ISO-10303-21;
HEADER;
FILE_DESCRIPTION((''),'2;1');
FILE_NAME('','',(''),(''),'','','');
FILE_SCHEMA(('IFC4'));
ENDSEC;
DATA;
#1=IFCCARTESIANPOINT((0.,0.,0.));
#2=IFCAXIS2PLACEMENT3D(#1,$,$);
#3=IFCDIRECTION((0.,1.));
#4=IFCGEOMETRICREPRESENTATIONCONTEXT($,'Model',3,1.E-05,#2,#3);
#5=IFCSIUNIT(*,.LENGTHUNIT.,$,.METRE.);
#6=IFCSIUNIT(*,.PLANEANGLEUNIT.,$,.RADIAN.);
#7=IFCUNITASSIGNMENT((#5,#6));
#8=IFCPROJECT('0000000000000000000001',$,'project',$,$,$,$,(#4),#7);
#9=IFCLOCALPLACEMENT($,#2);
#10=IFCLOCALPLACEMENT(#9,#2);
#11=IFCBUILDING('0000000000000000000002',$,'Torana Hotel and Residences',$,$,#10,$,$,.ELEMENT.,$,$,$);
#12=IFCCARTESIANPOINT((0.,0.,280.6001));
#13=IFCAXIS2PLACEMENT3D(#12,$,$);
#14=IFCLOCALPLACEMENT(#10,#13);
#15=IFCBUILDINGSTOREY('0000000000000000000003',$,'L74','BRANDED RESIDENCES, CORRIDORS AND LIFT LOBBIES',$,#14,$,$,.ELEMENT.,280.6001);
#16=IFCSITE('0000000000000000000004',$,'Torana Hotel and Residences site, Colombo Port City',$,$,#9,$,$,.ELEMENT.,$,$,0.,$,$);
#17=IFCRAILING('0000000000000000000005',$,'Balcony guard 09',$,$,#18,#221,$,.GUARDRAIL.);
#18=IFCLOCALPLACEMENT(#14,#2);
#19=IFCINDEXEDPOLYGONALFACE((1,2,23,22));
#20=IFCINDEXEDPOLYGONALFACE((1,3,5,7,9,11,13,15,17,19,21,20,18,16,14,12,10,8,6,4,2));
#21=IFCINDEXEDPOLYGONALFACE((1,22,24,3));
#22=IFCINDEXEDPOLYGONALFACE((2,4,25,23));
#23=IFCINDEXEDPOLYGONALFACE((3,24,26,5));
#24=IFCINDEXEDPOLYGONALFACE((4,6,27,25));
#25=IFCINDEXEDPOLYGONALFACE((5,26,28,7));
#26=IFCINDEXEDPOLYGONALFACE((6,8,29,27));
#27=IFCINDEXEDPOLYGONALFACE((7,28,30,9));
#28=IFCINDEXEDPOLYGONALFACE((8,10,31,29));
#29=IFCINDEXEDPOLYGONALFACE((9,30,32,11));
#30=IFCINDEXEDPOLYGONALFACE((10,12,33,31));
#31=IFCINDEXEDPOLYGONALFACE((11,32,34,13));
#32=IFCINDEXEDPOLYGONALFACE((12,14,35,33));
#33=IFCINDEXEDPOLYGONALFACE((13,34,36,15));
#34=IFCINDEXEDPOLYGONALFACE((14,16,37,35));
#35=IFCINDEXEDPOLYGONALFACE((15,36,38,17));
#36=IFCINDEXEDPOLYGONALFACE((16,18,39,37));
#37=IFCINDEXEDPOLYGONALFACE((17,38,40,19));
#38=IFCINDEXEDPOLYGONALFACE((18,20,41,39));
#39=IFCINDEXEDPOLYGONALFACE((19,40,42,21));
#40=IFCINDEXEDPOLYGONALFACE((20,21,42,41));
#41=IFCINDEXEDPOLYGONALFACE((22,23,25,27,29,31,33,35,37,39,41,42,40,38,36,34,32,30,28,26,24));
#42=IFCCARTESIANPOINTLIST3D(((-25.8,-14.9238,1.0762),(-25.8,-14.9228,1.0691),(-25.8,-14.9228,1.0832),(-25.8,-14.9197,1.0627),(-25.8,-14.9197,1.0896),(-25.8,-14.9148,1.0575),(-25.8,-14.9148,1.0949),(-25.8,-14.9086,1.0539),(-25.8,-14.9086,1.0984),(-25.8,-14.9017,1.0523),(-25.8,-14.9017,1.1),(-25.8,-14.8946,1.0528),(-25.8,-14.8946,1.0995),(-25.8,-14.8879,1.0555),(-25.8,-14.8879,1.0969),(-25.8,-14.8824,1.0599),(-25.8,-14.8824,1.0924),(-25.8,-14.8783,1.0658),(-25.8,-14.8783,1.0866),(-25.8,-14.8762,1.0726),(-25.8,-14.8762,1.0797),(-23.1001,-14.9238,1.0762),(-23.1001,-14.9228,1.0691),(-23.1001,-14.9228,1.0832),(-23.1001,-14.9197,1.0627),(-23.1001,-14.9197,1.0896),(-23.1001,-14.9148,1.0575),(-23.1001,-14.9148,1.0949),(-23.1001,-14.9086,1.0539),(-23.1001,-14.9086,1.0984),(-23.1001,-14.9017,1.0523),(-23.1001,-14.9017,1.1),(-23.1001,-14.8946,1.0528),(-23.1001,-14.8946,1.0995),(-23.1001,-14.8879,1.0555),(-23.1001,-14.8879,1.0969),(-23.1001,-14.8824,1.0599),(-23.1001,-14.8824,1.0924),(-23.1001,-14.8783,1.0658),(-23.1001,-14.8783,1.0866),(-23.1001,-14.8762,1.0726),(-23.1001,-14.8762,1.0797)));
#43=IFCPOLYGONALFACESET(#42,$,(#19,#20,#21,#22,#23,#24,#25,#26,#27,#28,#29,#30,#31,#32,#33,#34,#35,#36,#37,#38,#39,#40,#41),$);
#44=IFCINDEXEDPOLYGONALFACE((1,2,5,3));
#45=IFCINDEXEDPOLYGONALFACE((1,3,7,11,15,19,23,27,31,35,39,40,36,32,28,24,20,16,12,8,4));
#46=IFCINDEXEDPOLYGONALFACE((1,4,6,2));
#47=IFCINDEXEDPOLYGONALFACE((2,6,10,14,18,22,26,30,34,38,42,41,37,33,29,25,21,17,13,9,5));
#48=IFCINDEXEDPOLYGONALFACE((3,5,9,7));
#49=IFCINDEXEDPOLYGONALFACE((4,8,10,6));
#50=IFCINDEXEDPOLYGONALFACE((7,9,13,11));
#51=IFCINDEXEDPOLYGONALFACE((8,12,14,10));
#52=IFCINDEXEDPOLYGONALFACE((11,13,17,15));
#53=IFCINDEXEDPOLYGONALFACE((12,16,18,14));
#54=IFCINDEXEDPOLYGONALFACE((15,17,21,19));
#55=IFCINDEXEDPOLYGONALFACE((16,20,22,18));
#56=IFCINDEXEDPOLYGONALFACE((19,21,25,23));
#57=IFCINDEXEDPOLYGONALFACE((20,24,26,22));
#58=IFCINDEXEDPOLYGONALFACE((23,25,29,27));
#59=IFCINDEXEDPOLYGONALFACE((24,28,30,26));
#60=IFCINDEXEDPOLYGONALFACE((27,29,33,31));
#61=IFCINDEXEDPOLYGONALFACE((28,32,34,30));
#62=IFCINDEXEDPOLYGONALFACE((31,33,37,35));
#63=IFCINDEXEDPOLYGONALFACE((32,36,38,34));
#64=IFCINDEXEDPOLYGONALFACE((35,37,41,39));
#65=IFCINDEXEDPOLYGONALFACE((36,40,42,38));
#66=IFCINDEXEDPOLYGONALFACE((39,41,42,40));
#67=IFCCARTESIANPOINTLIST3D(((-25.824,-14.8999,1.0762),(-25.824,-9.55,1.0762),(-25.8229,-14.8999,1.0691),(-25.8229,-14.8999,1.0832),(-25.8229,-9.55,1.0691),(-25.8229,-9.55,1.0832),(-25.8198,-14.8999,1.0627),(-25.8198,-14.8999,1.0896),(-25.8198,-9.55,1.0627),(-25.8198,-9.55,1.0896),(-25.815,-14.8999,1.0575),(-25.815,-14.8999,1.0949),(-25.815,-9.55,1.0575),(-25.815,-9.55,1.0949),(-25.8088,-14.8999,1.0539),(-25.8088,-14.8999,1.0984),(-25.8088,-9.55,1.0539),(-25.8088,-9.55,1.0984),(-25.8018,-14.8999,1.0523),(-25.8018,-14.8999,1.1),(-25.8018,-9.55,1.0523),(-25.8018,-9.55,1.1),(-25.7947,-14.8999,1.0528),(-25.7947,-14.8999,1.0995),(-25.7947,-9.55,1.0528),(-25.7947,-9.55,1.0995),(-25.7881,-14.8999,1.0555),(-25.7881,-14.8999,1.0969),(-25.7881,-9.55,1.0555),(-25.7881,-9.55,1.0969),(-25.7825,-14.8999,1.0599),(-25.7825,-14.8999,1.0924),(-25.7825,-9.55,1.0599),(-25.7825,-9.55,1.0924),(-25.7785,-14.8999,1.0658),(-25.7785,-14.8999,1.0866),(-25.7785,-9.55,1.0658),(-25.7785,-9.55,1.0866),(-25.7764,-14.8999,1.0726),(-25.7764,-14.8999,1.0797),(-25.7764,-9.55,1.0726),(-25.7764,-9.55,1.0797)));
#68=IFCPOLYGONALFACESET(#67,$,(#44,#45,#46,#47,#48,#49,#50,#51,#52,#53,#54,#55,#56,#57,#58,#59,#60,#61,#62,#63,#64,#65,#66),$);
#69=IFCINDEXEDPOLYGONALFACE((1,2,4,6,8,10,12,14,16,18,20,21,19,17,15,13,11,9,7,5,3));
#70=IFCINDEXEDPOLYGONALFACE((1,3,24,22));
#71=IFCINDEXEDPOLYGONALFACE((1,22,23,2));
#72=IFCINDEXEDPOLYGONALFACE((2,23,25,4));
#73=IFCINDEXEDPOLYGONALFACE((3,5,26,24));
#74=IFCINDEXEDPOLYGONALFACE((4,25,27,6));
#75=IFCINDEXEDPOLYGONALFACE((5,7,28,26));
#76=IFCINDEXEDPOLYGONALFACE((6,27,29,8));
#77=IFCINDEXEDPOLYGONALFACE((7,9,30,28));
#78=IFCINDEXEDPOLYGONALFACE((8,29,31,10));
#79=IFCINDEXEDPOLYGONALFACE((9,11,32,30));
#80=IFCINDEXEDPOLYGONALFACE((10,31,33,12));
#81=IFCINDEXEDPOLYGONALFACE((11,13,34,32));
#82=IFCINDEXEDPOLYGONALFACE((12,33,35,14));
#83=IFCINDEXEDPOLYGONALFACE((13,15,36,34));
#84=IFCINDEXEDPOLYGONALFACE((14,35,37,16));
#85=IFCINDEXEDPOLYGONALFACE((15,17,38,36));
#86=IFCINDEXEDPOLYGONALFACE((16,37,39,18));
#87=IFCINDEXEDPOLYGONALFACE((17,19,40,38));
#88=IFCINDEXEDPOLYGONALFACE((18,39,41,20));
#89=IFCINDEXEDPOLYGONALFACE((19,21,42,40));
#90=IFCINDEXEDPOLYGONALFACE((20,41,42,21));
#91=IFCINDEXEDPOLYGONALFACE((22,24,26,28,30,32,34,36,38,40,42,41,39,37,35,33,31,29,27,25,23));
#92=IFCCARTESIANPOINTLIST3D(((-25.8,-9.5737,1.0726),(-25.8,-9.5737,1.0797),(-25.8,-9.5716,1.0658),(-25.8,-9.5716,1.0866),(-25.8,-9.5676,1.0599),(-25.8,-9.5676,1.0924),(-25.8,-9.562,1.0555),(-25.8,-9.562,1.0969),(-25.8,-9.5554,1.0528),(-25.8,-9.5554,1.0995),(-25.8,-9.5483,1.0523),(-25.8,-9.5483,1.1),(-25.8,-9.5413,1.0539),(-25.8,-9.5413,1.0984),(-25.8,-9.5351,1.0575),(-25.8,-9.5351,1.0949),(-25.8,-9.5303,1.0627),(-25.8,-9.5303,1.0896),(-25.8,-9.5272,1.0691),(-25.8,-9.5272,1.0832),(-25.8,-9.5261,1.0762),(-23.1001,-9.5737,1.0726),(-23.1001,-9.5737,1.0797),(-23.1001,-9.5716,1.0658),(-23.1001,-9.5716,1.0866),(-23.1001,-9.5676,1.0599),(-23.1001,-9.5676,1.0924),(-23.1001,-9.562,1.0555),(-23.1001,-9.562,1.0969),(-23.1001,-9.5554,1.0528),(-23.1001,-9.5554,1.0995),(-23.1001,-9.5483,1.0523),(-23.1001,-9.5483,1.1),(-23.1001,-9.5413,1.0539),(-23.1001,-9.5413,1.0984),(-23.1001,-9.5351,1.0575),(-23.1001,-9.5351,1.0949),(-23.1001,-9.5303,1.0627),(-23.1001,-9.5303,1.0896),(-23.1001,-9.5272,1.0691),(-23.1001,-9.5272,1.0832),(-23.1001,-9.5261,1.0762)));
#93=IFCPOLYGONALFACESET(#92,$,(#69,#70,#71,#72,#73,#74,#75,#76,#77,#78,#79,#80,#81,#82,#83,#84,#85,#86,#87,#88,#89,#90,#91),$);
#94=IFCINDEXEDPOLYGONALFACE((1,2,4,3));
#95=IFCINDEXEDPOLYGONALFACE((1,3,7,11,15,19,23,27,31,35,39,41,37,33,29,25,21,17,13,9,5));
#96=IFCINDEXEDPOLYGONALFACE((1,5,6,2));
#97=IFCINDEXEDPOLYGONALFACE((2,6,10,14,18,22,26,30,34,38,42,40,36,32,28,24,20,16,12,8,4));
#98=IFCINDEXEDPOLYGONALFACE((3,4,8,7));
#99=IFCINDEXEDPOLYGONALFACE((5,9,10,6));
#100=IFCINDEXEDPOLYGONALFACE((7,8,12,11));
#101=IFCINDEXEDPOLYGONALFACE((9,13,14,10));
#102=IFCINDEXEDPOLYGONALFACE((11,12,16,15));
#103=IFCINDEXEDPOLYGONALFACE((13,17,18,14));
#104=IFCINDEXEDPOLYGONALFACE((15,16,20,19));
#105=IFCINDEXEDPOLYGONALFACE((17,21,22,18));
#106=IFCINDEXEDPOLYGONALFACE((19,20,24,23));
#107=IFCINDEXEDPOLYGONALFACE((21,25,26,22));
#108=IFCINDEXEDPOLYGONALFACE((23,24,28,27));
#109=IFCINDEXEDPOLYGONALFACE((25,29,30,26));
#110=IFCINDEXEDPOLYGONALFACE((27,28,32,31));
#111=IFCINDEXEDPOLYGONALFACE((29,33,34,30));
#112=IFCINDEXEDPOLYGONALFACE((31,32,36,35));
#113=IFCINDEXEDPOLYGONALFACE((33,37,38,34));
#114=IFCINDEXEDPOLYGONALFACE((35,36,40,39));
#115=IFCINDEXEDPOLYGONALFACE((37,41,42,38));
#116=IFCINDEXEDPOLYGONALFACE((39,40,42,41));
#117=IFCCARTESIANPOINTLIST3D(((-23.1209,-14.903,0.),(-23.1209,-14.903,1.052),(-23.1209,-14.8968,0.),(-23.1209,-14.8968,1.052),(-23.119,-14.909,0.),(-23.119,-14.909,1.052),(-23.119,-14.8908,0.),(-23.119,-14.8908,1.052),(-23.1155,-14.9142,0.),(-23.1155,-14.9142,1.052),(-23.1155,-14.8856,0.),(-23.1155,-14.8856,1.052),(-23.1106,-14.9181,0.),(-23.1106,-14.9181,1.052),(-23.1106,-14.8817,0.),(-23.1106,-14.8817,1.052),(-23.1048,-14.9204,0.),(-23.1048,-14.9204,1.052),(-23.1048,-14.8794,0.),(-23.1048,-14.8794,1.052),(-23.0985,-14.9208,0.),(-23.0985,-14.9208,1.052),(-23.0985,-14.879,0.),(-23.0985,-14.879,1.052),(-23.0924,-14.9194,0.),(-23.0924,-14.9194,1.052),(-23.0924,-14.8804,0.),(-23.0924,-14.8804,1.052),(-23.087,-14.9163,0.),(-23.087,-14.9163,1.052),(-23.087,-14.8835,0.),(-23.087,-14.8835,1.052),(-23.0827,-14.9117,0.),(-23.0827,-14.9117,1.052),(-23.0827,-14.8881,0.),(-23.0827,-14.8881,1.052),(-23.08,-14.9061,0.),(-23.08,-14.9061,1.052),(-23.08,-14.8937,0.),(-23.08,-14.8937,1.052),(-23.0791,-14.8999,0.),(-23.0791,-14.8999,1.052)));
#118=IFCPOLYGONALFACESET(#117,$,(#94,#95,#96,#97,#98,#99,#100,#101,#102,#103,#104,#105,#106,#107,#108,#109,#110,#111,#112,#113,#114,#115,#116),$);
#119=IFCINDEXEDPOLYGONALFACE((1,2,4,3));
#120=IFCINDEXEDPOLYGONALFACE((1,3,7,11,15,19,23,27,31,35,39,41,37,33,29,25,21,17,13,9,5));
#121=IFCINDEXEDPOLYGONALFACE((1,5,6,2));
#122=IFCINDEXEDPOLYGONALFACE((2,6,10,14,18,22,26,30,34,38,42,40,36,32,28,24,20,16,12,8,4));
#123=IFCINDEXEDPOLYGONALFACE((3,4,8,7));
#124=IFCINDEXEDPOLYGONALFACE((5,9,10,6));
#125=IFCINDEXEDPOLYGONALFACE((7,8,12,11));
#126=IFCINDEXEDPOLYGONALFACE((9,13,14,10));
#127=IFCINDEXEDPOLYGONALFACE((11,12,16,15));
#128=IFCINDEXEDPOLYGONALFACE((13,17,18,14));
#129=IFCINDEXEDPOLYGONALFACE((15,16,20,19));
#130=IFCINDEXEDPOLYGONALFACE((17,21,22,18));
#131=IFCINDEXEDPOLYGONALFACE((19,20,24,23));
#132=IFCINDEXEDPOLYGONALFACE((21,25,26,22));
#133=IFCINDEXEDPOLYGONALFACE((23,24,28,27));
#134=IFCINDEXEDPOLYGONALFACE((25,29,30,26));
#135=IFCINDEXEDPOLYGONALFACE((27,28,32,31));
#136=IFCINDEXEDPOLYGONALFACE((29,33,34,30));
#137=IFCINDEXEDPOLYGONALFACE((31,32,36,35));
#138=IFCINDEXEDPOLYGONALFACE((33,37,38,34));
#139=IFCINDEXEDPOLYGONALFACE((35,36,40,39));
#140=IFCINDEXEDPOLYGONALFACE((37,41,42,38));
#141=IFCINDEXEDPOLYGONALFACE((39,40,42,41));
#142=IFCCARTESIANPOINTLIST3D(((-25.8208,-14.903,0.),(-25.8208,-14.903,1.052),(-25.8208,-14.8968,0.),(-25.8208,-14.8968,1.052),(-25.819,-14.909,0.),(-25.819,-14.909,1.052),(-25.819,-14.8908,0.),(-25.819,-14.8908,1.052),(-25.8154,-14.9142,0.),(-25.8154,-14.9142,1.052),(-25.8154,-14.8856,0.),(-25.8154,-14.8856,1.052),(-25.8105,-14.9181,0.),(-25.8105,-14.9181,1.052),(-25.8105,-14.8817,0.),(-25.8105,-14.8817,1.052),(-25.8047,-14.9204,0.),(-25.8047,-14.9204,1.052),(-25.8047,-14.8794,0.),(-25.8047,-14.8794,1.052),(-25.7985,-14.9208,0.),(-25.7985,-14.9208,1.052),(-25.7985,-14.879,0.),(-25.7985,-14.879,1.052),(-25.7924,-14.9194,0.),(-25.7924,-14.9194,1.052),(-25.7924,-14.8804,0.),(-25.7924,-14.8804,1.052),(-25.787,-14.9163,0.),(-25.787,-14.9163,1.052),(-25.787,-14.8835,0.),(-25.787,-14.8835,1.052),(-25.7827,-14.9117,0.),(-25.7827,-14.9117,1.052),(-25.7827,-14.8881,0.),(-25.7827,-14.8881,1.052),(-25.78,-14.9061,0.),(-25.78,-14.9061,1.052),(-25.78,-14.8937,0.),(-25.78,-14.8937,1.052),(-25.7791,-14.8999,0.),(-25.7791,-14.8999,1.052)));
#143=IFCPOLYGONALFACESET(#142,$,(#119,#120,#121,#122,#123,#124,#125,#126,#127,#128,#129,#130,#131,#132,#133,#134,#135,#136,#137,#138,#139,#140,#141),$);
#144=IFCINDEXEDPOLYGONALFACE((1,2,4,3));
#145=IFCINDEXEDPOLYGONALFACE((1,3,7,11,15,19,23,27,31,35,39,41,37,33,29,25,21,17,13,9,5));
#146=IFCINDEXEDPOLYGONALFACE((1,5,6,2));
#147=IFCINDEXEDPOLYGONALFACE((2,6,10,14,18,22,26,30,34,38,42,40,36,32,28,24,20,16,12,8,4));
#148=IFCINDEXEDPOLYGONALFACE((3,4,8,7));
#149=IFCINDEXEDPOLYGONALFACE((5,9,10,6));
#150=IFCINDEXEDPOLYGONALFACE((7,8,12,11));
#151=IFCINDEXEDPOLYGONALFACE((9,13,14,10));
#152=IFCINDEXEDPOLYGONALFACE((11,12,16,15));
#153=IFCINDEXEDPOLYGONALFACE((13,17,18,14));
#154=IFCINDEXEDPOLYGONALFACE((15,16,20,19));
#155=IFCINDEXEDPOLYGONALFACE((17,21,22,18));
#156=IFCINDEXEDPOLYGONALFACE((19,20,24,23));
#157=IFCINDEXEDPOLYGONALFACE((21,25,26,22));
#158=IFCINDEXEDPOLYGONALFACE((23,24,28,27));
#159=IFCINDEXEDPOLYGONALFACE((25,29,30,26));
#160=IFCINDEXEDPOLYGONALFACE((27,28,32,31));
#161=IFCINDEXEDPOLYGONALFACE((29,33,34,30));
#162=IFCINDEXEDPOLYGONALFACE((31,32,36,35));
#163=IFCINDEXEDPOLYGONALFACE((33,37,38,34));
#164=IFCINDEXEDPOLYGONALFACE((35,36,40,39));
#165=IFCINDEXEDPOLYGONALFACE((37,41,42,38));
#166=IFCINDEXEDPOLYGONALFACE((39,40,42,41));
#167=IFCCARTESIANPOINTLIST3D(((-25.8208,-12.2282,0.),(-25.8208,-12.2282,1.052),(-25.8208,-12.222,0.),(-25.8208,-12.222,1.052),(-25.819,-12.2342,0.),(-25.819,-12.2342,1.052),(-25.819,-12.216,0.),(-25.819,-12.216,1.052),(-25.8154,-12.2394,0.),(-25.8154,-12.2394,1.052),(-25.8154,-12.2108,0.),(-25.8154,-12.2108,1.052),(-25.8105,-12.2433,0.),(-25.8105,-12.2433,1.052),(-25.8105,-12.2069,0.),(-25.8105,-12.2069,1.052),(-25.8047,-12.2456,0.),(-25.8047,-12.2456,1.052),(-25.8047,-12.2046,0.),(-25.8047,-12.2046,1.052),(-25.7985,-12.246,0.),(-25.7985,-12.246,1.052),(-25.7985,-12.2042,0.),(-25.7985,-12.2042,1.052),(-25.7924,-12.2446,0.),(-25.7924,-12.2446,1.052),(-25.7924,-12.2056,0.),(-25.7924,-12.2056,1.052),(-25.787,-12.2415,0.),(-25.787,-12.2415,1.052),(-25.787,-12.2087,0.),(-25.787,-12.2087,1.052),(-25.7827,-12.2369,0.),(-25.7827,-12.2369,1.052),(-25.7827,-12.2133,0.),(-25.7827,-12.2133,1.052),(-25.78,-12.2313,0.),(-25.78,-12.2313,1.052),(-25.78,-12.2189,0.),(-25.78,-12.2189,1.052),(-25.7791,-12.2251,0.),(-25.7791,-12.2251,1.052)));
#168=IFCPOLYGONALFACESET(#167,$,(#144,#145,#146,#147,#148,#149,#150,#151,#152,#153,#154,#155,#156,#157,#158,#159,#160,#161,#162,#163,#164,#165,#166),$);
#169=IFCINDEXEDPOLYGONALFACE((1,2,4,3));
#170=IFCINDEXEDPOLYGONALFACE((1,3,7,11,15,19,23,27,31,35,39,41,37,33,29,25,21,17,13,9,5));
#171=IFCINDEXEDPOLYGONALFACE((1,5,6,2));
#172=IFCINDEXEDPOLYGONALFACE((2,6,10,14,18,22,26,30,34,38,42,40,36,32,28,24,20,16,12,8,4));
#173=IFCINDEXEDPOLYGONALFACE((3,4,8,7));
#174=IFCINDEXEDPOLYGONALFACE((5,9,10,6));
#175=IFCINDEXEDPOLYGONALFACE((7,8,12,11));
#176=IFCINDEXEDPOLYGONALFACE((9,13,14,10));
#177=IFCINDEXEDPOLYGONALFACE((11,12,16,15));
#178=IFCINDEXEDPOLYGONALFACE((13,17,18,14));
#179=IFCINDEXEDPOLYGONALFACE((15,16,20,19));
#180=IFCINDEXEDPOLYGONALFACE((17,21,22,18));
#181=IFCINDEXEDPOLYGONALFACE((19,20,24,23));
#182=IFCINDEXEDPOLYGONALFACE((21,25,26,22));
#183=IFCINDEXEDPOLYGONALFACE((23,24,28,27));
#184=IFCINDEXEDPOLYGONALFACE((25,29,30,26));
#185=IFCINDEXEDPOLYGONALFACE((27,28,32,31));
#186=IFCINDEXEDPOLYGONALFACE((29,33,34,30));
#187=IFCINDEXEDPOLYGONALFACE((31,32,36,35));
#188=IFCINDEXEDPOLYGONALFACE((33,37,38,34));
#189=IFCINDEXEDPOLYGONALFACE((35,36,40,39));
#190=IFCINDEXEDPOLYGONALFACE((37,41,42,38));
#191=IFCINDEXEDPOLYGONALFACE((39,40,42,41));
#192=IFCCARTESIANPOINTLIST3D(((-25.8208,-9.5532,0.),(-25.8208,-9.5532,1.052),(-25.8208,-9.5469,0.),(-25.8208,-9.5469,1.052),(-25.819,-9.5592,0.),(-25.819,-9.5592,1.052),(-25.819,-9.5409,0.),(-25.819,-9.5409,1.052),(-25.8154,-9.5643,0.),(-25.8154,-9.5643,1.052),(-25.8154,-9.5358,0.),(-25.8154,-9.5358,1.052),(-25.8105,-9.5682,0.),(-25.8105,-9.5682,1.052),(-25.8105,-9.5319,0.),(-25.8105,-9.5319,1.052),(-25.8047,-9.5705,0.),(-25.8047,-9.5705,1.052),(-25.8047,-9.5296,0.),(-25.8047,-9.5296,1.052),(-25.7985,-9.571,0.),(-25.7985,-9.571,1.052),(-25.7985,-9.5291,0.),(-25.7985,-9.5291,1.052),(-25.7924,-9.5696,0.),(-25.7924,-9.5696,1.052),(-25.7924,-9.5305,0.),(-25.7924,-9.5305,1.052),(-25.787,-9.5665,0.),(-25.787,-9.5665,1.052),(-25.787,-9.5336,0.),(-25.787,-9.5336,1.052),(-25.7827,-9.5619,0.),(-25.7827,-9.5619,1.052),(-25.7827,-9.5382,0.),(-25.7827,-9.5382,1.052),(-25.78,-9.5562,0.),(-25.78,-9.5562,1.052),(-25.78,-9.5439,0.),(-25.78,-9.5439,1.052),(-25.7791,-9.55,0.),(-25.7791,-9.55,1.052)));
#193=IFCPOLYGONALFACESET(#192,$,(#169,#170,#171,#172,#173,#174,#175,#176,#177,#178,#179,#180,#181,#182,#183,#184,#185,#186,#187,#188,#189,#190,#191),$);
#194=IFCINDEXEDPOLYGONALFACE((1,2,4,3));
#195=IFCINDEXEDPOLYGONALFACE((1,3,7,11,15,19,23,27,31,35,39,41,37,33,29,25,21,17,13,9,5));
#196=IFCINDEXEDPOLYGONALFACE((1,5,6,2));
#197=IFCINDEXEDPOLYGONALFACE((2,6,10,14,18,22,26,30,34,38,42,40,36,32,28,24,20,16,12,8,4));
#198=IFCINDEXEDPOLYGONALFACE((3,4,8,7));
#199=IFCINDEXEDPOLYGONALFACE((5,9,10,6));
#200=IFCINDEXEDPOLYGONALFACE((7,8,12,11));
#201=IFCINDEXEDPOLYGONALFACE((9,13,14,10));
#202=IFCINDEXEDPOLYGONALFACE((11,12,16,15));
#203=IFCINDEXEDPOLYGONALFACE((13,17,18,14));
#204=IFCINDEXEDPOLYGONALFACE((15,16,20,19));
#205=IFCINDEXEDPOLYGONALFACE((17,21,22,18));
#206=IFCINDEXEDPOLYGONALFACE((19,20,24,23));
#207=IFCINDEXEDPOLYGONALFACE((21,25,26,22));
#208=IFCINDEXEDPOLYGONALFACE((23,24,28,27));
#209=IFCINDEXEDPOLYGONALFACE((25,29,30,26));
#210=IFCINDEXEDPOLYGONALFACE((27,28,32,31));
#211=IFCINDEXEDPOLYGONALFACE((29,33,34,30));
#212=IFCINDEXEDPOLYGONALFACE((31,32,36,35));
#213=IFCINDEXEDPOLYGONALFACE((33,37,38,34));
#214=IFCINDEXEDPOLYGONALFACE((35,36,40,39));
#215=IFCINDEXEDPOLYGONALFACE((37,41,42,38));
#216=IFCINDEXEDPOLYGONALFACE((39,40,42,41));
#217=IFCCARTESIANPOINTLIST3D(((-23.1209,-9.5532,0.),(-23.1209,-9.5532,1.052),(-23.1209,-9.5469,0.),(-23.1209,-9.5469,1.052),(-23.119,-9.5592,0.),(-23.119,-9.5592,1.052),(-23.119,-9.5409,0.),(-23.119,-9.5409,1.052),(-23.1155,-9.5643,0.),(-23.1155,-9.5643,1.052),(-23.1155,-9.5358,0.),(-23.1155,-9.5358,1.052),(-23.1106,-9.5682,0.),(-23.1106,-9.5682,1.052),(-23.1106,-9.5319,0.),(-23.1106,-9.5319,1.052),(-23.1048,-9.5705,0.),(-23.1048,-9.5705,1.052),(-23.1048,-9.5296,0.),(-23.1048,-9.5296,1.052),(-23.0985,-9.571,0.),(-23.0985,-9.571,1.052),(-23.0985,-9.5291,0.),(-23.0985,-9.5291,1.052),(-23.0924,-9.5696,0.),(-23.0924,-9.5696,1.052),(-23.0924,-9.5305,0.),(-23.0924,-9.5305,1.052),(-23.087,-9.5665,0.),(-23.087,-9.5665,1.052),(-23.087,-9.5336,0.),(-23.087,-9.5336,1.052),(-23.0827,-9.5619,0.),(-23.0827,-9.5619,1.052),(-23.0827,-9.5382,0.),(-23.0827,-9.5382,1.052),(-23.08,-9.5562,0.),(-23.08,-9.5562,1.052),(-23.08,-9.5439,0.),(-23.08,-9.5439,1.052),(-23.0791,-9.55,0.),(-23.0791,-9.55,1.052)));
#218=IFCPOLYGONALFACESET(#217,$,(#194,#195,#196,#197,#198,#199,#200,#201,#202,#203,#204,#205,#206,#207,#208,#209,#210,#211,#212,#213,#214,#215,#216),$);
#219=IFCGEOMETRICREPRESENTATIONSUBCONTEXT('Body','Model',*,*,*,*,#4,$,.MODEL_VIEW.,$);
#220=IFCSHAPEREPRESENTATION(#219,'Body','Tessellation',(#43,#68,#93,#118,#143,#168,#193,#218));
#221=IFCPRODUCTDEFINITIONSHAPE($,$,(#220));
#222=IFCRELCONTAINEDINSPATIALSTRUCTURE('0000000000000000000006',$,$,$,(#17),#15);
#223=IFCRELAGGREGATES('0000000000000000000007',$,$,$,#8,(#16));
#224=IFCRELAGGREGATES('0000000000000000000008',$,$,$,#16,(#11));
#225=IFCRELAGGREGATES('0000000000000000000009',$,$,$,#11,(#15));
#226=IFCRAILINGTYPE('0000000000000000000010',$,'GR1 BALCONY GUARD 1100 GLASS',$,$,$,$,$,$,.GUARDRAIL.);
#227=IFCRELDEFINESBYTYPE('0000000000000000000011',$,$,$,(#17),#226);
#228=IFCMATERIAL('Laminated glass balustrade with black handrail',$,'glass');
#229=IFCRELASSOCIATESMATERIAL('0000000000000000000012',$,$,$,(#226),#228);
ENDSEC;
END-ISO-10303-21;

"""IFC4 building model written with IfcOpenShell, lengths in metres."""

from ifc_helpers import new_model, si_unit, direction, frame, origin, origin_2d, place, context, subcontext, project, spatial, circle, extrude, material, type_object, element, save


model = new_model("IFC4")

# Units and contexts
model_context = context("Model", 3, precision=1e-05, world=origin(), true_north=direction((0.0, 1.0)))
body_context = subcontext(model_context, "Body", "Model", "MODEL_VIEW")
ifc_project = project(units=[si_unit("LENGTHUNIT", "METRE"), si_unit("PLANEANGLEUNIT", "RADIAN")], contexts=[model_context])

# Site, building, storey
site_placement = place(None, origin())
site = spatial("IfcSite", under=ifc_project, at=site_placement, Name="Torana Hotel and Residences site, Colombo Port City", CompositionType="ELEMENT", RefElevation=0.0)
building_placement = place(site_placement, origin())
building = spatial("IfcBuilding", under=site, at=building_placement, Name="Torana Hotel and Residences", CompositionType="ELEMENT")
storey_placement = place(building_placement, frame((0.0, 0.0, 280.6001)))
storey = spatial("IfcBuildingStorey", under=building, at=storey_placement, Name="L74", Description="BRANDED RESIDENCES, CORRIDORS AND LIFT LOBBIES", CompositionType="ELEMENT", Elevation=280.6001)

# Railing
ifc_material_1 = material(Name="Laminated glass balustrade with black handrail", Category="glass")
railing_type = type_object("IfcRailingType", Name="GR1 BALCONY GUARD 1100 GLASS", PredefinedType="GUARDRAIL", material=ifc_material_1)
railing_1_placement = place(storey_placement, frame((-23.1001, -14.8999, 0.0)))
element("IfcRailing", 1, at=railing_1_placement, inside=storey, type_object=railing_type, Name="Balcony guard 09", PredefinedType="GUARDRAIL", context=body_context, shape_type="SweptSolid", body=[
    extrude(circle(Radius=0.0239, at=origin_2d()), frame((0.0, 0.0, 1.0762), z_axis=(-1.0, 0.0, 0.0), x_axis=(0.0, -1.0, 0.0)), (0.0, 0.0, 1.0), 2.7),
    extrude(circle(Radius=0.0239, at=origin_2d()), frame((-2.7, 0.0, 1.0762), z_axis=(0.0, 1.0, 0.0), x_axis=(-1.0, 0.0, 0.0)), (0.0, 0.0, 1.0), 5.3499),
    extrude(circle(Radius=0.0239, at=origin_2d()), frame((-2.7, 5.3499, 1.0762), z_axis=(1.0, 0.0, 0.0), x_axis=(0.0, 1.0, 0.0)), (0.0, 0.0, 1.0), 2.7),
    extrude(circle(Radius=0.021, at=origin_2d()), origin(), (0.0, 0.0, 1.0), 1.052),
    extrude(circle(Radius=0.021, at=origin_2d()), frame((-2.7, 0.0, 0.0)), (0.0, 0.0, 1.0), 1.052),
    extrude(circle(Radius=0.021, at=origin_2d()), frame((-2.7, 2.6748, 0.0)), (0.0, 0.0, 1.0), 1.052),
    extrude(circle(Radius=0.021, at=origin_2d()), frame((-2.7, 5.3499, 0.0)), (0.0, 0.0, 1.0), 1.052),
    extrude(circle(Radius=0.021, at=origin_2d()), frame((0.0, 5.3499, 0.0)), (0.0, 0.0, 1.0), 1.052),
])

save(model, "model.ifc")
